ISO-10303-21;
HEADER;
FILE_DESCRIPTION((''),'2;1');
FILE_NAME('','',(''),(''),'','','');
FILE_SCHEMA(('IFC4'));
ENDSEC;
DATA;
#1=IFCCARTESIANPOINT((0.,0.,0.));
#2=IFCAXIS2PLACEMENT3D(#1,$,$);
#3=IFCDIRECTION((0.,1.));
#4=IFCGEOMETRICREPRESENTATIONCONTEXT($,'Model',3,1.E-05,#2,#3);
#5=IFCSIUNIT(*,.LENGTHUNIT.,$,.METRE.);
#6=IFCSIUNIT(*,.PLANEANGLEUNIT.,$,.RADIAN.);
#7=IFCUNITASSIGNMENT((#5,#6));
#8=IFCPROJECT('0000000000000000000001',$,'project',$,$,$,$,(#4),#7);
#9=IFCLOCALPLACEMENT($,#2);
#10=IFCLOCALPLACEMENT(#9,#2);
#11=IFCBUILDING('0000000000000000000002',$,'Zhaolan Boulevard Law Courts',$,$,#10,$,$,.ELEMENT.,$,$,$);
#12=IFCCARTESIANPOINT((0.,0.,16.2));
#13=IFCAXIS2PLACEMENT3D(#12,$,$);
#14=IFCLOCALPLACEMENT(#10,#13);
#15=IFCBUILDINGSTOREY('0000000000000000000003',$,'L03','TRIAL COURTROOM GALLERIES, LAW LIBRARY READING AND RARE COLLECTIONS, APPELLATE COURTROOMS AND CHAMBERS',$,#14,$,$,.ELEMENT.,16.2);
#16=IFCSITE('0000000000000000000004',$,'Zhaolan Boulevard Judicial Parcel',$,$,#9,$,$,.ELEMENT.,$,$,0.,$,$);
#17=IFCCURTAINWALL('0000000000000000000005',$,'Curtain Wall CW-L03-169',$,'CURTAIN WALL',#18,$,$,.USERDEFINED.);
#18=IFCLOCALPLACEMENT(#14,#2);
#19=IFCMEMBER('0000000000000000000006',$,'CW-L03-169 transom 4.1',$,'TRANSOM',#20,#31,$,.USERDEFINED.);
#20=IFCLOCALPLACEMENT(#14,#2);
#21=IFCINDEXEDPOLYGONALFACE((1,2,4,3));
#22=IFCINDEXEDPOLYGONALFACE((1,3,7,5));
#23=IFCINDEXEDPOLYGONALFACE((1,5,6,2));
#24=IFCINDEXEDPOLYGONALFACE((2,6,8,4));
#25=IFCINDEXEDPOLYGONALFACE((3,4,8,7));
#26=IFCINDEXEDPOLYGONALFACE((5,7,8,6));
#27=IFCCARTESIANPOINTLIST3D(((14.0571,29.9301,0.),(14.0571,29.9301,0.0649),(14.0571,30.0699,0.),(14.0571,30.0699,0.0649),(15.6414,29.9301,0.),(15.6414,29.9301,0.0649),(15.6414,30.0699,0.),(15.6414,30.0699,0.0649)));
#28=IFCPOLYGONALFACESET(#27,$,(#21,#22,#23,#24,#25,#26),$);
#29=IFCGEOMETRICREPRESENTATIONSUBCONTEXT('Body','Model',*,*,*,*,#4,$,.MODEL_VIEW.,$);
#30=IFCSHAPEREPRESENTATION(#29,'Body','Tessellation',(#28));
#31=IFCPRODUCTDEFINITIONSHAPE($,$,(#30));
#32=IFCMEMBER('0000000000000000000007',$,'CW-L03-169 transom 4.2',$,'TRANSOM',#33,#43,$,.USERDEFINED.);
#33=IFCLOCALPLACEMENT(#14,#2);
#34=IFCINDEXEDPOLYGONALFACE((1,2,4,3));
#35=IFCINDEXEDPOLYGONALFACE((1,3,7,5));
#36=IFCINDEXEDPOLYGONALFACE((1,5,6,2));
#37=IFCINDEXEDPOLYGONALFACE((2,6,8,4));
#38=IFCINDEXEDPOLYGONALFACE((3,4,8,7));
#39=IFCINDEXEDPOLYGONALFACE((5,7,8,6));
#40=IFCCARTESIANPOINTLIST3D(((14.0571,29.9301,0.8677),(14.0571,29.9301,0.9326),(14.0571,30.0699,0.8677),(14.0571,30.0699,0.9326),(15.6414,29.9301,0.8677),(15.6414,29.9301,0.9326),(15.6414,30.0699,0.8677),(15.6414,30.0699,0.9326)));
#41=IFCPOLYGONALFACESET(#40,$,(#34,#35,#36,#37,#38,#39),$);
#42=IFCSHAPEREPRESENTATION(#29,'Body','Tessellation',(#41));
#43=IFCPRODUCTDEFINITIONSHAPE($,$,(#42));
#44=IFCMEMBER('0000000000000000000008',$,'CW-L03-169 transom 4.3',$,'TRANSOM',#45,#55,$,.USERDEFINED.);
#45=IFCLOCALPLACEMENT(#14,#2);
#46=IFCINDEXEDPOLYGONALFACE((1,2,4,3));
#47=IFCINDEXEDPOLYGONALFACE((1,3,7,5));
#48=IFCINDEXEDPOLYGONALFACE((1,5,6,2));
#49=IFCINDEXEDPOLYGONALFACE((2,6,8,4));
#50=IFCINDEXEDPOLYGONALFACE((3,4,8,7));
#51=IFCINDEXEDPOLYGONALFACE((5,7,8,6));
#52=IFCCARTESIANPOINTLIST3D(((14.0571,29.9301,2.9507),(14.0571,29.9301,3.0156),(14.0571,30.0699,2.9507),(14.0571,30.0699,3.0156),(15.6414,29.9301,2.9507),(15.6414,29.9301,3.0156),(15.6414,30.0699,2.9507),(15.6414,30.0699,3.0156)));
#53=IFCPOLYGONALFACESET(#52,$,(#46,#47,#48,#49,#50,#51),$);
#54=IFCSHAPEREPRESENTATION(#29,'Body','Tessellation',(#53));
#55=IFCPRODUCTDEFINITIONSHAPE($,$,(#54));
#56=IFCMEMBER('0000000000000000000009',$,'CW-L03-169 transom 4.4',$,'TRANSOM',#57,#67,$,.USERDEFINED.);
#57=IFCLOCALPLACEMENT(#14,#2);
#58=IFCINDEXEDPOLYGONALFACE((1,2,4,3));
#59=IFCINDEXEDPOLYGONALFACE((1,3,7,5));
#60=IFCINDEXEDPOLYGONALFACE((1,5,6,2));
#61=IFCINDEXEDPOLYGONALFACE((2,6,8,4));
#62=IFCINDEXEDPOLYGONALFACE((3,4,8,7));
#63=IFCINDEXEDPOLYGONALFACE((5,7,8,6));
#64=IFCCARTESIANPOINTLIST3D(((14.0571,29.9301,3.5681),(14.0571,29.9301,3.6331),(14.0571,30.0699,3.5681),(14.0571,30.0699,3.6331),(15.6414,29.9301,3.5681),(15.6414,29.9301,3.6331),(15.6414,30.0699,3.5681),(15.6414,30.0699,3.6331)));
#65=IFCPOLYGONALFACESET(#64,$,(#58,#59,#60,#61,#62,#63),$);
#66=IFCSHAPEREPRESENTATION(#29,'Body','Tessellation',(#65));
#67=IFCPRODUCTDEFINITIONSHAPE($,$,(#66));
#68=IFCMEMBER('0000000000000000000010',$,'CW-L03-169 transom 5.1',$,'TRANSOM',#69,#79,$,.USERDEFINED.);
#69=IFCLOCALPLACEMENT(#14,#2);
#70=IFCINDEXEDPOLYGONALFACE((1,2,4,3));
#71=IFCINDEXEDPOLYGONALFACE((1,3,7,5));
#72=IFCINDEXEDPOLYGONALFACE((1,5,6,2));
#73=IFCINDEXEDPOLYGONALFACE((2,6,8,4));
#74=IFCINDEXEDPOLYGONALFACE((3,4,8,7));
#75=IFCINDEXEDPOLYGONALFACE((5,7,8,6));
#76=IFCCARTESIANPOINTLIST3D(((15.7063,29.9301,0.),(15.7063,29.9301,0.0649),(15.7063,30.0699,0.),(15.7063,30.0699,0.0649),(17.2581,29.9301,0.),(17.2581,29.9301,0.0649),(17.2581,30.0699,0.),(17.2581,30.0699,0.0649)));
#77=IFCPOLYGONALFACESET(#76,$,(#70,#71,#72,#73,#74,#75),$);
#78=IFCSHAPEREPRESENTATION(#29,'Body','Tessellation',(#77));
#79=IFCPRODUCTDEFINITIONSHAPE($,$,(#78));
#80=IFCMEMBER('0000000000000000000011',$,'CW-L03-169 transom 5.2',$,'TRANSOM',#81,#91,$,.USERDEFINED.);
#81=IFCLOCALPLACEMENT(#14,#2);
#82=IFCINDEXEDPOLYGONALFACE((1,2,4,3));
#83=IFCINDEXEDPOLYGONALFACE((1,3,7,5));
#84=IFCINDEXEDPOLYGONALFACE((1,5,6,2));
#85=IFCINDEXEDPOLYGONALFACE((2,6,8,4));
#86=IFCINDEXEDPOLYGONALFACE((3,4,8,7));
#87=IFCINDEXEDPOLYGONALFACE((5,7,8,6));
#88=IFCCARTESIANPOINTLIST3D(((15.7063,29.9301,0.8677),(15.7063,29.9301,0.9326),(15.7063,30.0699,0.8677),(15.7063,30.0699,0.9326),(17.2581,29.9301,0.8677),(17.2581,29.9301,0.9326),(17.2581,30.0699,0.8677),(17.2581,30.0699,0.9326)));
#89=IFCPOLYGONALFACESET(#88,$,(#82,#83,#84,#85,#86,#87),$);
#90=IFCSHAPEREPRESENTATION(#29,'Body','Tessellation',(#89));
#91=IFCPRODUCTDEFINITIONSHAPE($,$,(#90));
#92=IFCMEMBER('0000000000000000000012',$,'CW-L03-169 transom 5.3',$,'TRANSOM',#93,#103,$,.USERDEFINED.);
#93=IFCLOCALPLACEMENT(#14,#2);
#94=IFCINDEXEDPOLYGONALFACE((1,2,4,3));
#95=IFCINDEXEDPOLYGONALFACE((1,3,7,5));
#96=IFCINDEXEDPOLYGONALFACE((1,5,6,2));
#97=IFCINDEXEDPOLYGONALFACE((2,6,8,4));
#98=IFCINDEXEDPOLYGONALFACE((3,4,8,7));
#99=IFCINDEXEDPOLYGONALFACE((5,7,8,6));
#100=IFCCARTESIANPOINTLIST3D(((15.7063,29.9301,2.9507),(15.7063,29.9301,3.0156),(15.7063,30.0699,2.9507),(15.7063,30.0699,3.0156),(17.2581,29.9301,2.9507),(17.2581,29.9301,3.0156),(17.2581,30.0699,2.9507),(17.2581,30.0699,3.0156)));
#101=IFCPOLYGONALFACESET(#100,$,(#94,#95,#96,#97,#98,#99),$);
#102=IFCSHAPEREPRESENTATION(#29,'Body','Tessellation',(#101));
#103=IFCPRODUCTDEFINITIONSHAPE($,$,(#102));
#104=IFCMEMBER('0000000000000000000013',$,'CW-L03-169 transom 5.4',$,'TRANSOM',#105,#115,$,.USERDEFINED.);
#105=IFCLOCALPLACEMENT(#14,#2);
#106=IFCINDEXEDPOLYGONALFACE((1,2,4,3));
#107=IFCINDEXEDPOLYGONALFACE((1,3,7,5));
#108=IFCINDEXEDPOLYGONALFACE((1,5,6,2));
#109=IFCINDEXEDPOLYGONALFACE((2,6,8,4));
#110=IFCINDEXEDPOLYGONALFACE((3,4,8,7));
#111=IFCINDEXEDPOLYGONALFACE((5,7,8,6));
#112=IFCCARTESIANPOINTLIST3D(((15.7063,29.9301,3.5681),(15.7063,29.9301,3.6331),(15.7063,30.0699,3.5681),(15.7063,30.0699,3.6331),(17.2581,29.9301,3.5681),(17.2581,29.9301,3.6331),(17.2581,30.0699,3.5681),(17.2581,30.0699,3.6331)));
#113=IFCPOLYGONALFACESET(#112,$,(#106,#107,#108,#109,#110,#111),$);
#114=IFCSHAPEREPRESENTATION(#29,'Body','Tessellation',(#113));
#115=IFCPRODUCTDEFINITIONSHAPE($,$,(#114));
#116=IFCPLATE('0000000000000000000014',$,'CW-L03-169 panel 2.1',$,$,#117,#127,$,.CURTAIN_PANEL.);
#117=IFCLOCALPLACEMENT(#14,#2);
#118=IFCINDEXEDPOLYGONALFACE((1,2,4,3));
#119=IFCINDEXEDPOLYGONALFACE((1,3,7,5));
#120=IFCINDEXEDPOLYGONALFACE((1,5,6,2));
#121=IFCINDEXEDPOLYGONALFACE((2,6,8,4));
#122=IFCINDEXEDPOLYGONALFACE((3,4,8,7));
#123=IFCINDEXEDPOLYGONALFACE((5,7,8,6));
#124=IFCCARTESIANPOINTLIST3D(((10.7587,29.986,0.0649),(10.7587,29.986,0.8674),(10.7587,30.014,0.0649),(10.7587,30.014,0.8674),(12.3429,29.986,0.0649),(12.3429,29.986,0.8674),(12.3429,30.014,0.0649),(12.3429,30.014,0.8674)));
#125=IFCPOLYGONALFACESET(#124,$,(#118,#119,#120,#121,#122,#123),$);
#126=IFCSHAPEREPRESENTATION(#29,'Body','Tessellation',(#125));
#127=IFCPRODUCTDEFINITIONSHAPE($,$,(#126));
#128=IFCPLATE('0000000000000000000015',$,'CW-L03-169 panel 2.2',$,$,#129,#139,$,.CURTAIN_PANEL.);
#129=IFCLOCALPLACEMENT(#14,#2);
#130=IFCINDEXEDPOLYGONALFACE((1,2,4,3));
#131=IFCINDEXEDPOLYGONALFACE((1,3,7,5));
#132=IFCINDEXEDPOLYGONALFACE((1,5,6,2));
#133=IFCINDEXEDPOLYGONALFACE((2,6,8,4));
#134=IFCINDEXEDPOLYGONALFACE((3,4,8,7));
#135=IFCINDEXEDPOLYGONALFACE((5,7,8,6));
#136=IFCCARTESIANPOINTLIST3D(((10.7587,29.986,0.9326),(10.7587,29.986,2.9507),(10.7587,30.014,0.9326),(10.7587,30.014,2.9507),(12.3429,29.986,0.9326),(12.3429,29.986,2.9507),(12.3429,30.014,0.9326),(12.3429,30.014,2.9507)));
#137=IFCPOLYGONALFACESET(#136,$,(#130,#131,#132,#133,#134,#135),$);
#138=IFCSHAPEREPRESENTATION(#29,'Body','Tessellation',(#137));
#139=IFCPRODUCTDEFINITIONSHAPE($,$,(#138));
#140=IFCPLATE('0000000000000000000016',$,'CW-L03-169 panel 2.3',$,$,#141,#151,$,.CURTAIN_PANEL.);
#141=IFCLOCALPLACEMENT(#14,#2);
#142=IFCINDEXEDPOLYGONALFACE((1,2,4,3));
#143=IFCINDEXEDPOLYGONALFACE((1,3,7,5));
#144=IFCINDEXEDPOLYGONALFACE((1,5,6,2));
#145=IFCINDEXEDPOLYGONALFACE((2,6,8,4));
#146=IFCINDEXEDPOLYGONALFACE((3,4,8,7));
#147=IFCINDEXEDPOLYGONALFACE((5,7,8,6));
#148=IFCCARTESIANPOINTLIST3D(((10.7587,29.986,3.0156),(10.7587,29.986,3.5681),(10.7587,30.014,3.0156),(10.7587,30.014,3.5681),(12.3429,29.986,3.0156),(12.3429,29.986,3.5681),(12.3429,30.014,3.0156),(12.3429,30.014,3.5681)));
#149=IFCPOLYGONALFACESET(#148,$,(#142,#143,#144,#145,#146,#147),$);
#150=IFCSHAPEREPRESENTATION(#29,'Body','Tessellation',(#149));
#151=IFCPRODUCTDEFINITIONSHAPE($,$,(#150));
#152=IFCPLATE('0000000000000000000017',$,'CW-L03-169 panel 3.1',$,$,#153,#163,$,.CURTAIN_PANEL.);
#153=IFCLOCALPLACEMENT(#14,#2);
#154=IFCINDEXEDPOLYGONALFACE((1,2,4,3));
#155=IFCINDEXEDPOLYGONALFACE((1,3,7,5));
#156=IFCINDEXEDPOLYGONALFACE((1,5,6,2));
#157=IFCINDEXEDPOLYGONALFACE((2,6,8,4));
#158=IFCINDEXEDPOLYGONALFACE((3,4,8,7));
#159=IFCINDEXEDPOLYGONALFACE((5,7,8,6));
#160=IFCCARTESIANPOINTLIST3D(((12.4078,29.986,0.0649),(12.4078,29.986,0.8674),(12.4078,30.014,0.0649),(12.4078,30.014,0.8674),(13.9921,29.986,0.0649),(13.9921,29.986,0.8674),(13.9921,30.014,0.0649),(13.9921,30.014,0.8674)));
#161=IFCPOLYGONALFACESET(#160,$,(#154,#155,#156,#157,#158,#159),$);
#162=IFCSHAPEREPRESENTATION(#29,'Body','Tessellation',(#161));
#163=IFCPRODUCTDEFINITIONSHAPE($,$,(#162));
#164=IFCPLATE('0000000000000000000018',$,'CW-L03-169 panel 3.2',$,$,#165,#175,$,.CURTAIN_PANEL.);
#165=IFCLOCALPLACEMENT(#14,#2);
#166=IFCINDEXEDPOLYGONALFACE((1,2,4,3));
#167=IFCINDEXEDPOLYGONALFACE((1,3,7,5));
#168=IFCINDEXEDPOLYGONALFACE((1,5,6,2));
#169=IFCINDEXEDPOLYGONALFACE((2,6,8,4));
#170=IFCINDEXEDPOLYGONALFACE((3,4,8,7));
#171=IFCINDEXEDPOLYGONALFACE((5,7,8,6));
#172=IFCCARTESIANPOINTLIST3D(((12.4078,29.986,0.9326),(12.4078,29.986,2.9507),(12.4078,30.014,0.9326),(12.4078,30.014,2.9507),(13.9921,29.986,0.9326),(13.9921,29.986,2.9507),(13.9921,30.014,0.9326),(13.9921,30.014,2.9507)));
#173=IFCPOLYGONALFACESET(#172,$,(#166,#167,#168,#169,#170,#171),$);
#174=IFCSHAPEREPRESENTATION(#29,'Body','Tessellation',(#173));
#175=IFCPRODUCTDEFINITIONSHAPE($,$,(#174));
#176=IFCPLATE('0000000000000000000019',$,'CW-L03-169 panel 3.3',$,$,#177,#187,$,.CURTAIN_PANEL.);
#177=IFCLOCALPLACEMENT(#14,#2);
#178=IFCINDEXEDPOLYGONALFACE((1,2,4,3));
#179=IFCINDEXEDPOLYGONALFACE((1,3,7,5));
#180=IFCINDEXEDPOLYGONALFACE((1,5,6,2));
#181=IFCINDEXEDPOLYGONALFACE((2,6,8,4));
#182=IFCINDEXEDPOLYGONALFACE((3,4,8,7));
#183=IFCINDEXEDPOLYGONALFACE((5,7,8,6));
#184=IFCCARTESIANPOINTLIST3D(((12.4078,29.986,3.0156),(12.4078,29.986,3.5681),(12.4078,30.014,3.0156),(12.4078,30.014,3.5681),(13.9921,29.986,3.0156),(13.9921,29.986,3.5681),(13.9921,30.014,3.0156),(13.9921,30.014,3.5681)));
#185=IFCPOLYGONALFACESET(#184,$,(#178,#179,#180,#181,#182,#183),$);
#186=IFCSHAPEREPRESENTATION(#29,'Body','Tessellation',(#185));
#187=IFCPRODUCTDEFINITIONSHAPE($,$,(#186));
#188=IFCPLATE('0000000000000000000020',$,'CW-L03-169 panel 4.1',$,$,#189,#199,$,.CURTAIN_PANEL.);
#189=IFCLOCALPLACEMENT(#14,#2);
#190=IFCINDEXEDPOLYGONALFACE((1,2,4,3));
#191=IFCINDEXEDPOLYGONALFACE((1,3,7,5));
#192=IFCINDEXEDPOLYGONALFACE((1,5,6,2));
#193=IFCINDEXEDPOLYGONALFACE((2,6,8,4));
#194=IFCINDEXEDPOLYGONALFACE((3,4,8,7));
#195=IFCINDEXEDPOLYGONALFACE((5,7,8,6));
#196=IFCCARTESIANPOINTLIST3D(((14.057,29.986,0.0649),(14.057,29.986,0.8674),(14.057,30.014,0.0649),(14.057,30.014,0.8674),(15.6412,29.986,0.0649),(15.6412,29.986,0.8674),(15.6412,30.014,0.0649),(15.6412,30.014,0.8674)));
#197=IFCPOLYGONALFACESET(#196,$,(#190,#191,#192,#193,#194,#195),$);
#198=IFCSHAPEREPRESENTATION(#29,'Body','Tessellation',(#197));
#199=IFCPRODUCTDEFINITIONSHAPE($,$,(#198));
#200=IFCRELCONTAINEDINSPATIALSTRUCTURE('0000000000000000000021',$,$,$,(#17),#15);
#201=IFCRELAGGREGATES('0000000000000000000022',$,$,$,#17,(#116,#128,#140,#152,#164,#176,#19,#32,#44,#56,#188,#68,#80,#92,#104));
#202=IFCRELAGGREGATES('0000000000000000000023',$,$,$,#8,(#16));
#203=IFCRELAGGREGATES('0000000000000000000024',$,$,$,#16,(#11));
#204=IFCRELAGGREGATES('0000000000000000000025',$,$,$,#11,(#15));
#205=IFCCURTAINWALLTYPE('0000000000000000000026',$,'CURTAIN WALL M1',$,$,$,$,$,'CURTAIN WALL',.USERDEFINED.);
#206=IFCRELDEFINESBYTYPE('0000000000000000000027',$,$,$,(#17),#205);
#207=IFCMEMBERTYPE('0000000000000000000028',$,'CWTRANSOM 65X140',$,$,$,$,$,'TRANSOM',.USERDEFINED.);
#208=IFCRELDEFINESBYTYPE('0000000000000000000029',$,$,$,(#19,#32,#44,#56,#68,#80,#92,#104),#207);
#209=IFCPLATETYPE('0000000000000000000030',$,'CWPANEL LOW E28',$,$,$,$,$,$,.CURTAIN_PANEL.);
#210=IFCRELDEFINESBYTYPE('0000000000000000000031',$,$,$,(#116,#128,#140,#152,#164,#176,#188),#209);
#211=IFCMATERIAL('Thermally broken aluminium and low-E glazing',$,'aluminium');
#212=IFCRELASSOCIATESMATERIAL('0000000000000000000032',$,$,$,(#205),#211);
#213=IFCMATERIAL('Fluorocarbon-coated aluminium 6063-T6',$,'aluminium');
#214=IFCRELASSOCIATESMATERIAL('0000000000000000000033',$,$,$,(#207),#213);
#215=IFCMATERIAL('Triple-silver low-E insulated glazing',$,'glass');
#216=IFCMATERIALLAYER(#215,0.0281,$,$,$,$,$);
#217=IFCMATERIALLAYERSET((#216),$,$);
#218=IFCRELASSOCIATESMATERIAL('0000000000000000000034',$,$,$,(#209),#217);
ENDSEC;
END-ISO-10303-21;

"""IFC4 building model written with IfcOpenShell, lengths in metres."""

from ifc_helpers import new_model, si_unit, direction, frame, origin, origin_2d, place, context, subcontext, project, spatial, rectangle, extrude, material, layer, layer_set, material_profile, profile_set, type_object, element, aggregate, save


model = new_model("IFC4")

# Units and contexts
model_context = context("Model", 3, precision=1e-05, world=origin(), true_north=direction((0.0, 1.0)))
body_context = subcontext(model_context, "Body", "Model", "MODEL_VIEW")
ifc_project = project(units=[si_unit("LENGTHUNIT", "METRE"), si_unit("PLANEANGLEUNIT", "RADIAN")], contexts=[model_context])

# Site, building, storey
site_placement = place(None, origin())
site = spatial("IfcSite", under=ifc_project, at=site_placement, Name="Zhaolan Boulevard Judicial Parcel", CompositionType="ELEMENT", RefElevation=0.0)
building_placement = place(site_placement, origin())
building = spatial("IfcBuilding", under=site, at=building_placement, Name="Zhaolan Boulevard Law Courts", CompositionType="ELEMENT")
storey_placement = place(building_placement, frame((0.0, 0.0, 16.2)))
storey = spatial("IfcBuildingStorey", under=building, at=storey_placement, Name="L03", Description="TRIAL COURTROOM GALLERIES, LAW LIBRARY READING AND RARE COLLECTIONS, APPELLATE COURTROOMS AND CHAMBERS", CompositionType="ELEMENT", Elevation=16.2)

# Curtain wall, members, plates
ifc_material_1 = material(Name="Thermally broken aluminium and low-E glazing", Category="aluminium")
curtain_wall_type = type_object("IfcCurtainWallType", Name="CURTAIN WALL M1", ElementType="CURTAIN WALL", PredefinedType="USERDEFINED", material=ifc_material_1)
curtain_wall_placement = place(storey_placement, origin())
curtain_wall = element("IfcCurtainWall", 1, at=curtain_wall_placement, inside=storey, type_object=curtain_wall_type, Name="Curtain Wall CW-L03-169", ObjectType="CURTAIN WALL", PredefinedType="USERDEFINED")
ifc_material_2 = material(Name="Fluorocarbon-coated aluminium 6063-T6", Category="aluminium")
ifc_material_profile_1 = material_profile(ifc_material_2, rectangle(XDim=0.1399, YDim=0.0649, at=origin_2d()), Name="AL65x140")
ifc_profile_set_1 = profile_set([ifc_material_profile_1], Name="Fluorocarbon-coated aluminium 6063-T6")
member_type_1 = type_object("IfcMemberType", Name="CWTRANSOM 65X140", ElementType="TRANSOM", PredefinedType="USERDEFINED", material=ifc_profile_set_1)
member_1_placement = place(storey_placement, frame((14.0571, 30.0, 0.0325), z_axis=(1.0, 0.0, 0.0), x_axis=(0.0, 1.0, 0.0)))
member_1 = element("IfcMember", 2, at=member_1_placement, type_object=member_type_1, Name="CW-L03-169 transom 4.1", ObjectType="TRANSOM", PredefinedType="USERDEFINED", context=body_context, shape_type="SweptSolid", body=[
    extrude(rectangle(XDim=0.1399, YDim=0.0649, at=origin_2d()), origin(), (0.0, 0.0, 1.0), 1.5842),
])
member_2_placement = place(storey_placement, frame((14.0571, 30.0, 0.9001), z_axis=(1.0, 0.0, 0.0), x_axis=(0.0, 1.0, 0.0)))
member_2 = element("IfcMember", 3, at=member_2_placement, type_object=member_type_1, Name="CW-L03-169 transom 4.2", ObjectType="TRANSOM", PredefinedType="USERDEFINED", context=body_context, shape_type="SweptSolid", body=[
    extrude(rectangle(XDim=0.1399, YDim=0.0649, at=origin_2d()), origin(), (0.0, 0.0, 1.0), 1.5842),
])
member_3_placement = place(storey_placement, frame((14.0571, 30.0, 2.9832), z_axis=(1.0, 0.0, 0.0), x_axis=(0.0, 1.0, 0.0)))
member_3 = element("IfcMember", 4, at=member_3_placement, type_object=member_type_1, Name="CW-L03-169 transom 4.3", ObjectType="TRANSOM", PredefinedType="USERDEFINED", context=body_context, shape_type="SweptSolid", body=[
    extrude(rectangle(XDim=0.1399, YDim=0.0649, at=origin_2d()), origin(), (0.0, 0.0, 1.0), 1.5842),
])
member_4_placement = place(storey_placement, frame((14.0571, 30.0, 3.6006), z_axis=(1.0, 0.0, 0.0), x_axis=(0.0, 1.0, 0.0)))
member_4 = element("IfcMember", 5, at=member_4_placement, type_object=member_type_1, Name="CW-L03-169 transom 4.4", ObjectType="TRANSOM", PredefinedType="USERDEFINED", context=body_context, shape_type="SweptSolid", body=[
    extrude(rectangle(XDim=0.1399, YDim=0.0649, at=origin_2d()), origin(), (0.0, 0.0, 1.0), 1.5842),
])
member_5_placement = place(storey_placement, frame((15.7063, 30.0, 0.0325), z_axis=(1.0, 0.0, 0.0), x_axis=(0.0, 1.0, 0.0)))
member_5 = element("IfcMember", 6, at=member_5_placement, type_object=member_type_1, Name="CW-L03-169 transom 5.1", ObjectType="TRANSOM", PredefinedType="USERDEFINED", context=body_context, shape_type="SweptSolid", body=[
    extrude(rectangle(XDim=0.1399, YDim=0.0649, at=origin_2d()), origin(), (0.0, 0.0, 1.0), 1.5518),
])
member_6_placement = place(storey_placement, frame((15.7063, 30.0, 0.9001), z_axis=(1.0, 0.0, 0.0), x_axis=(0.0, 1.0, 0.0)))
member_6 = element("IfcMember", 7, at=member_6_placement, type_object=member_type_1, Name="CW-L03-169 transom 5.2", ObjectType="TRANSOM", PredefinedType="USERDEFINED", context=body_context, shape_type="SweptSolid", body=[
    extrude(rectangle(XDim=0.1399, YDim=0.0649, at=origin_2d()), origin(), (0.0, 0.0, 1.0), 1.5518),
])
member_7_placement = place(storey_placement, frame((15.7063, 30.0, 2.9832), z_axis=(1.0, 0.0, 0.0), x_axis=(0.0, 1.0, 0.0)))
member_7 = element("IfcMember", 8, at=member_7_placement, type_object=member_type_1, Name="CW-L03-169 transom 5.3", ObjectType="TRANSOM", PredefinedType="USERDEFINED", context=body_context, shape_type="SweptSolid", body=[
    extrude(rectangle(XDim=0.1399, YDim=0.0649, at=origin_2d()), origin(), (0.0, 0.0, 1.0), 1.5518),
])
member_8_placement = place(storey_placement, frame((15.7063, 30.0, 3.6006), z_axis=(1.0, 0.0, 0.0), x_axis=(0.0, 1.0, 0.0)))
member_8 = element("IfcMember", 9, at=member_8_placement, type_object=member_type_1, Name="CW-L03-169 transom 5.4", ObjectType="TRANSOM", PredefinedType="USERDEFINED", context=body_context, shape_type="SweptSolid", body=[
    extrude(rectangle(XDim=0.1399, YDim=0.0649, at=origin_2d()), origin(), (0.0, 0.0, 1.0), 1.5518),
])
ifc_material_3 = material(Name="Triple-silver low-E insulated glazing", Category="glass")
ifc_layer_1 = layer(ifc_material_3, 0.0281)
ifc_layer_set_1 = layer_set([ifc_layer_1])
plate_type_1 = type_object("IfcPlateType", Name="CWPANEL LOW E28", PredefinedType="CURTAIN_PANEL", material=ifc_layer_set_1)
plate_1_placement = place(storey_placement, frame((11.5508, 30.0, 0.0649), z_axis=(0.0, 0.0, 1.0), x_axis=(1.0, 0.0, 0.0)))
plate_1 = element("IfcPlate", 10, at=plate_1_placement, type_object=plate_type_1, Name="CW-L03-169 panel 2.1", PredefinedType="CURTAIN_PANEL", context=body_context, shape_type="SweptSolid", body=[
    extrude(rectangle(XDim=1.5842, YDim=0.0281, at=origin_2d()), origin(), (0.0, 0.0, 1.0), 0.8025),
])
plate_2_placement = place(storey_placement, frame((11.5508, 30.0, 0.9326), z_axis=(0.0, 0.0, 1.0), x_axis=(1.0, 0.0, 0.0)))
plate_2 = element("IfcPlate", 11, at=plate_2_placement, type_object=plate_type_1, Name="CW-L03-169 panel 2.2", PredefinedType="CURTAIN_PANEL", context=body_context, shape_type="SweptSolid", body=[
    extrude(rectangle(XDim=1.5842, YDim=0.0281, at=origin_2d()), origin(), (0.0, 0.0, 1.0), 2.0181),
])
plate_3_placement = place(storey_placement, frame((11.5508, 30.0, 3.0156), z_axis=(0.0, 0.0, 1.0), x_axis=(1.0, 0.0, 0.0)))
plate_3 = element("IfcPlate", 12, at=plate_3_placement, type_object=plate_type_1, Name="CW-L03-169 panel 2.3", PredefinedType="CURTAIN_PANEL", context=body_context, shape_type="SweptSolid", body=[
    extrude(rectangle(XDim=1.5842, YDim=0.0281, at=origin_2d()), origin(), (0.0, 0.0, 1.0), 0.5525),
])
plate_4_placement = place(storey_placement, frame((13.2, 30.0, 0.0649), z_axis=(0.0, 0.0, 1.0), x_axis=(1.0, 0.0, 0.0)))
plate_4 = element("IfcPlate", 13, at=plate_4_placement, type_object=plate_type_1, Name="CW-L03-169 panel 3.1", PredefinedType="CURTAIN_PANEL", context=body_context, shape_type="SweptSolid", body=[
    extrude(rectangle(XDim=1.5842, YDim=0.0281, at=origin_2d()), origin(), (0.0, 0.0, 1.0), 0.8025),
])
plate_5_placement = place(storey_placement, frame((13.2, 30.0, 0.9326), z_axis=(0.0, 0.0, 1.0), x_axis=(1.0, 0.0, 0.0)))
plate_5 = element("IfcPlate", 14, at=plate_5_placement, type_object=plate_type_1, Name="CW-L03-169 panel 3.2", PredefinedType="CURTAIN_PANEL", context=body_context, shape_type="SweptSolid", body=[
    extrude(rectangle(XDim=1.5842, YDim=0.0281, at=origin_2d()), origin(), (0.0, 0.0, 1.0), 2.0181),
])
plate_6_placement = place(storey_placement, frame((13.2, 30.0, 3.0156), z_axis=(0.0, 0.0, 1.0), x_axis=(1.0, 0.0, 0.0)))
plate_6 = element("IfcPlate", 15, at=plate_6_placement, type_object=plate_type_1, Name="CW-L03-169 panel 3.3", PredefinedType="CURTAIN_PANEL", context=body_context, shape_type="SweptSolid", body=[
    extrude(rectangle(XDim=1.5842, YDim=0.0281, at=origin_2d()), origin(), (0.0, 0.0, 1.0), 0.5525),
])
plate_7_placement = place(storey_placement, frame((14.8491, 30.0, 0.0649), z_axis=(0.0, 0.0, 1.0), x_axis=(1.0, 0.0, 0.0)))
plate_7 = element("IfcPlate", 16, at=plate_7_placement, type_object=plate_type_1, Name="CW-L03-169 panel 4.1", PredefinedType="CURTAIN_PANEL", context=body_context, shape_type="SweptSolid", body=[
    extrude(rectangle(XDim=1.5842, YDim=0.0281, at=origin_2d()), origin(), (0.0, 0.0, 1.0), 0.8025),
])
aggregate(curtain_wall, [plate_1, plate_2, plate_3, plate_4, plate_5, plate_6, member_1, member_2, member_3, member_4, plate_7, member_5, member_6, member_7, member_8])

save(model, "model.ifc")
